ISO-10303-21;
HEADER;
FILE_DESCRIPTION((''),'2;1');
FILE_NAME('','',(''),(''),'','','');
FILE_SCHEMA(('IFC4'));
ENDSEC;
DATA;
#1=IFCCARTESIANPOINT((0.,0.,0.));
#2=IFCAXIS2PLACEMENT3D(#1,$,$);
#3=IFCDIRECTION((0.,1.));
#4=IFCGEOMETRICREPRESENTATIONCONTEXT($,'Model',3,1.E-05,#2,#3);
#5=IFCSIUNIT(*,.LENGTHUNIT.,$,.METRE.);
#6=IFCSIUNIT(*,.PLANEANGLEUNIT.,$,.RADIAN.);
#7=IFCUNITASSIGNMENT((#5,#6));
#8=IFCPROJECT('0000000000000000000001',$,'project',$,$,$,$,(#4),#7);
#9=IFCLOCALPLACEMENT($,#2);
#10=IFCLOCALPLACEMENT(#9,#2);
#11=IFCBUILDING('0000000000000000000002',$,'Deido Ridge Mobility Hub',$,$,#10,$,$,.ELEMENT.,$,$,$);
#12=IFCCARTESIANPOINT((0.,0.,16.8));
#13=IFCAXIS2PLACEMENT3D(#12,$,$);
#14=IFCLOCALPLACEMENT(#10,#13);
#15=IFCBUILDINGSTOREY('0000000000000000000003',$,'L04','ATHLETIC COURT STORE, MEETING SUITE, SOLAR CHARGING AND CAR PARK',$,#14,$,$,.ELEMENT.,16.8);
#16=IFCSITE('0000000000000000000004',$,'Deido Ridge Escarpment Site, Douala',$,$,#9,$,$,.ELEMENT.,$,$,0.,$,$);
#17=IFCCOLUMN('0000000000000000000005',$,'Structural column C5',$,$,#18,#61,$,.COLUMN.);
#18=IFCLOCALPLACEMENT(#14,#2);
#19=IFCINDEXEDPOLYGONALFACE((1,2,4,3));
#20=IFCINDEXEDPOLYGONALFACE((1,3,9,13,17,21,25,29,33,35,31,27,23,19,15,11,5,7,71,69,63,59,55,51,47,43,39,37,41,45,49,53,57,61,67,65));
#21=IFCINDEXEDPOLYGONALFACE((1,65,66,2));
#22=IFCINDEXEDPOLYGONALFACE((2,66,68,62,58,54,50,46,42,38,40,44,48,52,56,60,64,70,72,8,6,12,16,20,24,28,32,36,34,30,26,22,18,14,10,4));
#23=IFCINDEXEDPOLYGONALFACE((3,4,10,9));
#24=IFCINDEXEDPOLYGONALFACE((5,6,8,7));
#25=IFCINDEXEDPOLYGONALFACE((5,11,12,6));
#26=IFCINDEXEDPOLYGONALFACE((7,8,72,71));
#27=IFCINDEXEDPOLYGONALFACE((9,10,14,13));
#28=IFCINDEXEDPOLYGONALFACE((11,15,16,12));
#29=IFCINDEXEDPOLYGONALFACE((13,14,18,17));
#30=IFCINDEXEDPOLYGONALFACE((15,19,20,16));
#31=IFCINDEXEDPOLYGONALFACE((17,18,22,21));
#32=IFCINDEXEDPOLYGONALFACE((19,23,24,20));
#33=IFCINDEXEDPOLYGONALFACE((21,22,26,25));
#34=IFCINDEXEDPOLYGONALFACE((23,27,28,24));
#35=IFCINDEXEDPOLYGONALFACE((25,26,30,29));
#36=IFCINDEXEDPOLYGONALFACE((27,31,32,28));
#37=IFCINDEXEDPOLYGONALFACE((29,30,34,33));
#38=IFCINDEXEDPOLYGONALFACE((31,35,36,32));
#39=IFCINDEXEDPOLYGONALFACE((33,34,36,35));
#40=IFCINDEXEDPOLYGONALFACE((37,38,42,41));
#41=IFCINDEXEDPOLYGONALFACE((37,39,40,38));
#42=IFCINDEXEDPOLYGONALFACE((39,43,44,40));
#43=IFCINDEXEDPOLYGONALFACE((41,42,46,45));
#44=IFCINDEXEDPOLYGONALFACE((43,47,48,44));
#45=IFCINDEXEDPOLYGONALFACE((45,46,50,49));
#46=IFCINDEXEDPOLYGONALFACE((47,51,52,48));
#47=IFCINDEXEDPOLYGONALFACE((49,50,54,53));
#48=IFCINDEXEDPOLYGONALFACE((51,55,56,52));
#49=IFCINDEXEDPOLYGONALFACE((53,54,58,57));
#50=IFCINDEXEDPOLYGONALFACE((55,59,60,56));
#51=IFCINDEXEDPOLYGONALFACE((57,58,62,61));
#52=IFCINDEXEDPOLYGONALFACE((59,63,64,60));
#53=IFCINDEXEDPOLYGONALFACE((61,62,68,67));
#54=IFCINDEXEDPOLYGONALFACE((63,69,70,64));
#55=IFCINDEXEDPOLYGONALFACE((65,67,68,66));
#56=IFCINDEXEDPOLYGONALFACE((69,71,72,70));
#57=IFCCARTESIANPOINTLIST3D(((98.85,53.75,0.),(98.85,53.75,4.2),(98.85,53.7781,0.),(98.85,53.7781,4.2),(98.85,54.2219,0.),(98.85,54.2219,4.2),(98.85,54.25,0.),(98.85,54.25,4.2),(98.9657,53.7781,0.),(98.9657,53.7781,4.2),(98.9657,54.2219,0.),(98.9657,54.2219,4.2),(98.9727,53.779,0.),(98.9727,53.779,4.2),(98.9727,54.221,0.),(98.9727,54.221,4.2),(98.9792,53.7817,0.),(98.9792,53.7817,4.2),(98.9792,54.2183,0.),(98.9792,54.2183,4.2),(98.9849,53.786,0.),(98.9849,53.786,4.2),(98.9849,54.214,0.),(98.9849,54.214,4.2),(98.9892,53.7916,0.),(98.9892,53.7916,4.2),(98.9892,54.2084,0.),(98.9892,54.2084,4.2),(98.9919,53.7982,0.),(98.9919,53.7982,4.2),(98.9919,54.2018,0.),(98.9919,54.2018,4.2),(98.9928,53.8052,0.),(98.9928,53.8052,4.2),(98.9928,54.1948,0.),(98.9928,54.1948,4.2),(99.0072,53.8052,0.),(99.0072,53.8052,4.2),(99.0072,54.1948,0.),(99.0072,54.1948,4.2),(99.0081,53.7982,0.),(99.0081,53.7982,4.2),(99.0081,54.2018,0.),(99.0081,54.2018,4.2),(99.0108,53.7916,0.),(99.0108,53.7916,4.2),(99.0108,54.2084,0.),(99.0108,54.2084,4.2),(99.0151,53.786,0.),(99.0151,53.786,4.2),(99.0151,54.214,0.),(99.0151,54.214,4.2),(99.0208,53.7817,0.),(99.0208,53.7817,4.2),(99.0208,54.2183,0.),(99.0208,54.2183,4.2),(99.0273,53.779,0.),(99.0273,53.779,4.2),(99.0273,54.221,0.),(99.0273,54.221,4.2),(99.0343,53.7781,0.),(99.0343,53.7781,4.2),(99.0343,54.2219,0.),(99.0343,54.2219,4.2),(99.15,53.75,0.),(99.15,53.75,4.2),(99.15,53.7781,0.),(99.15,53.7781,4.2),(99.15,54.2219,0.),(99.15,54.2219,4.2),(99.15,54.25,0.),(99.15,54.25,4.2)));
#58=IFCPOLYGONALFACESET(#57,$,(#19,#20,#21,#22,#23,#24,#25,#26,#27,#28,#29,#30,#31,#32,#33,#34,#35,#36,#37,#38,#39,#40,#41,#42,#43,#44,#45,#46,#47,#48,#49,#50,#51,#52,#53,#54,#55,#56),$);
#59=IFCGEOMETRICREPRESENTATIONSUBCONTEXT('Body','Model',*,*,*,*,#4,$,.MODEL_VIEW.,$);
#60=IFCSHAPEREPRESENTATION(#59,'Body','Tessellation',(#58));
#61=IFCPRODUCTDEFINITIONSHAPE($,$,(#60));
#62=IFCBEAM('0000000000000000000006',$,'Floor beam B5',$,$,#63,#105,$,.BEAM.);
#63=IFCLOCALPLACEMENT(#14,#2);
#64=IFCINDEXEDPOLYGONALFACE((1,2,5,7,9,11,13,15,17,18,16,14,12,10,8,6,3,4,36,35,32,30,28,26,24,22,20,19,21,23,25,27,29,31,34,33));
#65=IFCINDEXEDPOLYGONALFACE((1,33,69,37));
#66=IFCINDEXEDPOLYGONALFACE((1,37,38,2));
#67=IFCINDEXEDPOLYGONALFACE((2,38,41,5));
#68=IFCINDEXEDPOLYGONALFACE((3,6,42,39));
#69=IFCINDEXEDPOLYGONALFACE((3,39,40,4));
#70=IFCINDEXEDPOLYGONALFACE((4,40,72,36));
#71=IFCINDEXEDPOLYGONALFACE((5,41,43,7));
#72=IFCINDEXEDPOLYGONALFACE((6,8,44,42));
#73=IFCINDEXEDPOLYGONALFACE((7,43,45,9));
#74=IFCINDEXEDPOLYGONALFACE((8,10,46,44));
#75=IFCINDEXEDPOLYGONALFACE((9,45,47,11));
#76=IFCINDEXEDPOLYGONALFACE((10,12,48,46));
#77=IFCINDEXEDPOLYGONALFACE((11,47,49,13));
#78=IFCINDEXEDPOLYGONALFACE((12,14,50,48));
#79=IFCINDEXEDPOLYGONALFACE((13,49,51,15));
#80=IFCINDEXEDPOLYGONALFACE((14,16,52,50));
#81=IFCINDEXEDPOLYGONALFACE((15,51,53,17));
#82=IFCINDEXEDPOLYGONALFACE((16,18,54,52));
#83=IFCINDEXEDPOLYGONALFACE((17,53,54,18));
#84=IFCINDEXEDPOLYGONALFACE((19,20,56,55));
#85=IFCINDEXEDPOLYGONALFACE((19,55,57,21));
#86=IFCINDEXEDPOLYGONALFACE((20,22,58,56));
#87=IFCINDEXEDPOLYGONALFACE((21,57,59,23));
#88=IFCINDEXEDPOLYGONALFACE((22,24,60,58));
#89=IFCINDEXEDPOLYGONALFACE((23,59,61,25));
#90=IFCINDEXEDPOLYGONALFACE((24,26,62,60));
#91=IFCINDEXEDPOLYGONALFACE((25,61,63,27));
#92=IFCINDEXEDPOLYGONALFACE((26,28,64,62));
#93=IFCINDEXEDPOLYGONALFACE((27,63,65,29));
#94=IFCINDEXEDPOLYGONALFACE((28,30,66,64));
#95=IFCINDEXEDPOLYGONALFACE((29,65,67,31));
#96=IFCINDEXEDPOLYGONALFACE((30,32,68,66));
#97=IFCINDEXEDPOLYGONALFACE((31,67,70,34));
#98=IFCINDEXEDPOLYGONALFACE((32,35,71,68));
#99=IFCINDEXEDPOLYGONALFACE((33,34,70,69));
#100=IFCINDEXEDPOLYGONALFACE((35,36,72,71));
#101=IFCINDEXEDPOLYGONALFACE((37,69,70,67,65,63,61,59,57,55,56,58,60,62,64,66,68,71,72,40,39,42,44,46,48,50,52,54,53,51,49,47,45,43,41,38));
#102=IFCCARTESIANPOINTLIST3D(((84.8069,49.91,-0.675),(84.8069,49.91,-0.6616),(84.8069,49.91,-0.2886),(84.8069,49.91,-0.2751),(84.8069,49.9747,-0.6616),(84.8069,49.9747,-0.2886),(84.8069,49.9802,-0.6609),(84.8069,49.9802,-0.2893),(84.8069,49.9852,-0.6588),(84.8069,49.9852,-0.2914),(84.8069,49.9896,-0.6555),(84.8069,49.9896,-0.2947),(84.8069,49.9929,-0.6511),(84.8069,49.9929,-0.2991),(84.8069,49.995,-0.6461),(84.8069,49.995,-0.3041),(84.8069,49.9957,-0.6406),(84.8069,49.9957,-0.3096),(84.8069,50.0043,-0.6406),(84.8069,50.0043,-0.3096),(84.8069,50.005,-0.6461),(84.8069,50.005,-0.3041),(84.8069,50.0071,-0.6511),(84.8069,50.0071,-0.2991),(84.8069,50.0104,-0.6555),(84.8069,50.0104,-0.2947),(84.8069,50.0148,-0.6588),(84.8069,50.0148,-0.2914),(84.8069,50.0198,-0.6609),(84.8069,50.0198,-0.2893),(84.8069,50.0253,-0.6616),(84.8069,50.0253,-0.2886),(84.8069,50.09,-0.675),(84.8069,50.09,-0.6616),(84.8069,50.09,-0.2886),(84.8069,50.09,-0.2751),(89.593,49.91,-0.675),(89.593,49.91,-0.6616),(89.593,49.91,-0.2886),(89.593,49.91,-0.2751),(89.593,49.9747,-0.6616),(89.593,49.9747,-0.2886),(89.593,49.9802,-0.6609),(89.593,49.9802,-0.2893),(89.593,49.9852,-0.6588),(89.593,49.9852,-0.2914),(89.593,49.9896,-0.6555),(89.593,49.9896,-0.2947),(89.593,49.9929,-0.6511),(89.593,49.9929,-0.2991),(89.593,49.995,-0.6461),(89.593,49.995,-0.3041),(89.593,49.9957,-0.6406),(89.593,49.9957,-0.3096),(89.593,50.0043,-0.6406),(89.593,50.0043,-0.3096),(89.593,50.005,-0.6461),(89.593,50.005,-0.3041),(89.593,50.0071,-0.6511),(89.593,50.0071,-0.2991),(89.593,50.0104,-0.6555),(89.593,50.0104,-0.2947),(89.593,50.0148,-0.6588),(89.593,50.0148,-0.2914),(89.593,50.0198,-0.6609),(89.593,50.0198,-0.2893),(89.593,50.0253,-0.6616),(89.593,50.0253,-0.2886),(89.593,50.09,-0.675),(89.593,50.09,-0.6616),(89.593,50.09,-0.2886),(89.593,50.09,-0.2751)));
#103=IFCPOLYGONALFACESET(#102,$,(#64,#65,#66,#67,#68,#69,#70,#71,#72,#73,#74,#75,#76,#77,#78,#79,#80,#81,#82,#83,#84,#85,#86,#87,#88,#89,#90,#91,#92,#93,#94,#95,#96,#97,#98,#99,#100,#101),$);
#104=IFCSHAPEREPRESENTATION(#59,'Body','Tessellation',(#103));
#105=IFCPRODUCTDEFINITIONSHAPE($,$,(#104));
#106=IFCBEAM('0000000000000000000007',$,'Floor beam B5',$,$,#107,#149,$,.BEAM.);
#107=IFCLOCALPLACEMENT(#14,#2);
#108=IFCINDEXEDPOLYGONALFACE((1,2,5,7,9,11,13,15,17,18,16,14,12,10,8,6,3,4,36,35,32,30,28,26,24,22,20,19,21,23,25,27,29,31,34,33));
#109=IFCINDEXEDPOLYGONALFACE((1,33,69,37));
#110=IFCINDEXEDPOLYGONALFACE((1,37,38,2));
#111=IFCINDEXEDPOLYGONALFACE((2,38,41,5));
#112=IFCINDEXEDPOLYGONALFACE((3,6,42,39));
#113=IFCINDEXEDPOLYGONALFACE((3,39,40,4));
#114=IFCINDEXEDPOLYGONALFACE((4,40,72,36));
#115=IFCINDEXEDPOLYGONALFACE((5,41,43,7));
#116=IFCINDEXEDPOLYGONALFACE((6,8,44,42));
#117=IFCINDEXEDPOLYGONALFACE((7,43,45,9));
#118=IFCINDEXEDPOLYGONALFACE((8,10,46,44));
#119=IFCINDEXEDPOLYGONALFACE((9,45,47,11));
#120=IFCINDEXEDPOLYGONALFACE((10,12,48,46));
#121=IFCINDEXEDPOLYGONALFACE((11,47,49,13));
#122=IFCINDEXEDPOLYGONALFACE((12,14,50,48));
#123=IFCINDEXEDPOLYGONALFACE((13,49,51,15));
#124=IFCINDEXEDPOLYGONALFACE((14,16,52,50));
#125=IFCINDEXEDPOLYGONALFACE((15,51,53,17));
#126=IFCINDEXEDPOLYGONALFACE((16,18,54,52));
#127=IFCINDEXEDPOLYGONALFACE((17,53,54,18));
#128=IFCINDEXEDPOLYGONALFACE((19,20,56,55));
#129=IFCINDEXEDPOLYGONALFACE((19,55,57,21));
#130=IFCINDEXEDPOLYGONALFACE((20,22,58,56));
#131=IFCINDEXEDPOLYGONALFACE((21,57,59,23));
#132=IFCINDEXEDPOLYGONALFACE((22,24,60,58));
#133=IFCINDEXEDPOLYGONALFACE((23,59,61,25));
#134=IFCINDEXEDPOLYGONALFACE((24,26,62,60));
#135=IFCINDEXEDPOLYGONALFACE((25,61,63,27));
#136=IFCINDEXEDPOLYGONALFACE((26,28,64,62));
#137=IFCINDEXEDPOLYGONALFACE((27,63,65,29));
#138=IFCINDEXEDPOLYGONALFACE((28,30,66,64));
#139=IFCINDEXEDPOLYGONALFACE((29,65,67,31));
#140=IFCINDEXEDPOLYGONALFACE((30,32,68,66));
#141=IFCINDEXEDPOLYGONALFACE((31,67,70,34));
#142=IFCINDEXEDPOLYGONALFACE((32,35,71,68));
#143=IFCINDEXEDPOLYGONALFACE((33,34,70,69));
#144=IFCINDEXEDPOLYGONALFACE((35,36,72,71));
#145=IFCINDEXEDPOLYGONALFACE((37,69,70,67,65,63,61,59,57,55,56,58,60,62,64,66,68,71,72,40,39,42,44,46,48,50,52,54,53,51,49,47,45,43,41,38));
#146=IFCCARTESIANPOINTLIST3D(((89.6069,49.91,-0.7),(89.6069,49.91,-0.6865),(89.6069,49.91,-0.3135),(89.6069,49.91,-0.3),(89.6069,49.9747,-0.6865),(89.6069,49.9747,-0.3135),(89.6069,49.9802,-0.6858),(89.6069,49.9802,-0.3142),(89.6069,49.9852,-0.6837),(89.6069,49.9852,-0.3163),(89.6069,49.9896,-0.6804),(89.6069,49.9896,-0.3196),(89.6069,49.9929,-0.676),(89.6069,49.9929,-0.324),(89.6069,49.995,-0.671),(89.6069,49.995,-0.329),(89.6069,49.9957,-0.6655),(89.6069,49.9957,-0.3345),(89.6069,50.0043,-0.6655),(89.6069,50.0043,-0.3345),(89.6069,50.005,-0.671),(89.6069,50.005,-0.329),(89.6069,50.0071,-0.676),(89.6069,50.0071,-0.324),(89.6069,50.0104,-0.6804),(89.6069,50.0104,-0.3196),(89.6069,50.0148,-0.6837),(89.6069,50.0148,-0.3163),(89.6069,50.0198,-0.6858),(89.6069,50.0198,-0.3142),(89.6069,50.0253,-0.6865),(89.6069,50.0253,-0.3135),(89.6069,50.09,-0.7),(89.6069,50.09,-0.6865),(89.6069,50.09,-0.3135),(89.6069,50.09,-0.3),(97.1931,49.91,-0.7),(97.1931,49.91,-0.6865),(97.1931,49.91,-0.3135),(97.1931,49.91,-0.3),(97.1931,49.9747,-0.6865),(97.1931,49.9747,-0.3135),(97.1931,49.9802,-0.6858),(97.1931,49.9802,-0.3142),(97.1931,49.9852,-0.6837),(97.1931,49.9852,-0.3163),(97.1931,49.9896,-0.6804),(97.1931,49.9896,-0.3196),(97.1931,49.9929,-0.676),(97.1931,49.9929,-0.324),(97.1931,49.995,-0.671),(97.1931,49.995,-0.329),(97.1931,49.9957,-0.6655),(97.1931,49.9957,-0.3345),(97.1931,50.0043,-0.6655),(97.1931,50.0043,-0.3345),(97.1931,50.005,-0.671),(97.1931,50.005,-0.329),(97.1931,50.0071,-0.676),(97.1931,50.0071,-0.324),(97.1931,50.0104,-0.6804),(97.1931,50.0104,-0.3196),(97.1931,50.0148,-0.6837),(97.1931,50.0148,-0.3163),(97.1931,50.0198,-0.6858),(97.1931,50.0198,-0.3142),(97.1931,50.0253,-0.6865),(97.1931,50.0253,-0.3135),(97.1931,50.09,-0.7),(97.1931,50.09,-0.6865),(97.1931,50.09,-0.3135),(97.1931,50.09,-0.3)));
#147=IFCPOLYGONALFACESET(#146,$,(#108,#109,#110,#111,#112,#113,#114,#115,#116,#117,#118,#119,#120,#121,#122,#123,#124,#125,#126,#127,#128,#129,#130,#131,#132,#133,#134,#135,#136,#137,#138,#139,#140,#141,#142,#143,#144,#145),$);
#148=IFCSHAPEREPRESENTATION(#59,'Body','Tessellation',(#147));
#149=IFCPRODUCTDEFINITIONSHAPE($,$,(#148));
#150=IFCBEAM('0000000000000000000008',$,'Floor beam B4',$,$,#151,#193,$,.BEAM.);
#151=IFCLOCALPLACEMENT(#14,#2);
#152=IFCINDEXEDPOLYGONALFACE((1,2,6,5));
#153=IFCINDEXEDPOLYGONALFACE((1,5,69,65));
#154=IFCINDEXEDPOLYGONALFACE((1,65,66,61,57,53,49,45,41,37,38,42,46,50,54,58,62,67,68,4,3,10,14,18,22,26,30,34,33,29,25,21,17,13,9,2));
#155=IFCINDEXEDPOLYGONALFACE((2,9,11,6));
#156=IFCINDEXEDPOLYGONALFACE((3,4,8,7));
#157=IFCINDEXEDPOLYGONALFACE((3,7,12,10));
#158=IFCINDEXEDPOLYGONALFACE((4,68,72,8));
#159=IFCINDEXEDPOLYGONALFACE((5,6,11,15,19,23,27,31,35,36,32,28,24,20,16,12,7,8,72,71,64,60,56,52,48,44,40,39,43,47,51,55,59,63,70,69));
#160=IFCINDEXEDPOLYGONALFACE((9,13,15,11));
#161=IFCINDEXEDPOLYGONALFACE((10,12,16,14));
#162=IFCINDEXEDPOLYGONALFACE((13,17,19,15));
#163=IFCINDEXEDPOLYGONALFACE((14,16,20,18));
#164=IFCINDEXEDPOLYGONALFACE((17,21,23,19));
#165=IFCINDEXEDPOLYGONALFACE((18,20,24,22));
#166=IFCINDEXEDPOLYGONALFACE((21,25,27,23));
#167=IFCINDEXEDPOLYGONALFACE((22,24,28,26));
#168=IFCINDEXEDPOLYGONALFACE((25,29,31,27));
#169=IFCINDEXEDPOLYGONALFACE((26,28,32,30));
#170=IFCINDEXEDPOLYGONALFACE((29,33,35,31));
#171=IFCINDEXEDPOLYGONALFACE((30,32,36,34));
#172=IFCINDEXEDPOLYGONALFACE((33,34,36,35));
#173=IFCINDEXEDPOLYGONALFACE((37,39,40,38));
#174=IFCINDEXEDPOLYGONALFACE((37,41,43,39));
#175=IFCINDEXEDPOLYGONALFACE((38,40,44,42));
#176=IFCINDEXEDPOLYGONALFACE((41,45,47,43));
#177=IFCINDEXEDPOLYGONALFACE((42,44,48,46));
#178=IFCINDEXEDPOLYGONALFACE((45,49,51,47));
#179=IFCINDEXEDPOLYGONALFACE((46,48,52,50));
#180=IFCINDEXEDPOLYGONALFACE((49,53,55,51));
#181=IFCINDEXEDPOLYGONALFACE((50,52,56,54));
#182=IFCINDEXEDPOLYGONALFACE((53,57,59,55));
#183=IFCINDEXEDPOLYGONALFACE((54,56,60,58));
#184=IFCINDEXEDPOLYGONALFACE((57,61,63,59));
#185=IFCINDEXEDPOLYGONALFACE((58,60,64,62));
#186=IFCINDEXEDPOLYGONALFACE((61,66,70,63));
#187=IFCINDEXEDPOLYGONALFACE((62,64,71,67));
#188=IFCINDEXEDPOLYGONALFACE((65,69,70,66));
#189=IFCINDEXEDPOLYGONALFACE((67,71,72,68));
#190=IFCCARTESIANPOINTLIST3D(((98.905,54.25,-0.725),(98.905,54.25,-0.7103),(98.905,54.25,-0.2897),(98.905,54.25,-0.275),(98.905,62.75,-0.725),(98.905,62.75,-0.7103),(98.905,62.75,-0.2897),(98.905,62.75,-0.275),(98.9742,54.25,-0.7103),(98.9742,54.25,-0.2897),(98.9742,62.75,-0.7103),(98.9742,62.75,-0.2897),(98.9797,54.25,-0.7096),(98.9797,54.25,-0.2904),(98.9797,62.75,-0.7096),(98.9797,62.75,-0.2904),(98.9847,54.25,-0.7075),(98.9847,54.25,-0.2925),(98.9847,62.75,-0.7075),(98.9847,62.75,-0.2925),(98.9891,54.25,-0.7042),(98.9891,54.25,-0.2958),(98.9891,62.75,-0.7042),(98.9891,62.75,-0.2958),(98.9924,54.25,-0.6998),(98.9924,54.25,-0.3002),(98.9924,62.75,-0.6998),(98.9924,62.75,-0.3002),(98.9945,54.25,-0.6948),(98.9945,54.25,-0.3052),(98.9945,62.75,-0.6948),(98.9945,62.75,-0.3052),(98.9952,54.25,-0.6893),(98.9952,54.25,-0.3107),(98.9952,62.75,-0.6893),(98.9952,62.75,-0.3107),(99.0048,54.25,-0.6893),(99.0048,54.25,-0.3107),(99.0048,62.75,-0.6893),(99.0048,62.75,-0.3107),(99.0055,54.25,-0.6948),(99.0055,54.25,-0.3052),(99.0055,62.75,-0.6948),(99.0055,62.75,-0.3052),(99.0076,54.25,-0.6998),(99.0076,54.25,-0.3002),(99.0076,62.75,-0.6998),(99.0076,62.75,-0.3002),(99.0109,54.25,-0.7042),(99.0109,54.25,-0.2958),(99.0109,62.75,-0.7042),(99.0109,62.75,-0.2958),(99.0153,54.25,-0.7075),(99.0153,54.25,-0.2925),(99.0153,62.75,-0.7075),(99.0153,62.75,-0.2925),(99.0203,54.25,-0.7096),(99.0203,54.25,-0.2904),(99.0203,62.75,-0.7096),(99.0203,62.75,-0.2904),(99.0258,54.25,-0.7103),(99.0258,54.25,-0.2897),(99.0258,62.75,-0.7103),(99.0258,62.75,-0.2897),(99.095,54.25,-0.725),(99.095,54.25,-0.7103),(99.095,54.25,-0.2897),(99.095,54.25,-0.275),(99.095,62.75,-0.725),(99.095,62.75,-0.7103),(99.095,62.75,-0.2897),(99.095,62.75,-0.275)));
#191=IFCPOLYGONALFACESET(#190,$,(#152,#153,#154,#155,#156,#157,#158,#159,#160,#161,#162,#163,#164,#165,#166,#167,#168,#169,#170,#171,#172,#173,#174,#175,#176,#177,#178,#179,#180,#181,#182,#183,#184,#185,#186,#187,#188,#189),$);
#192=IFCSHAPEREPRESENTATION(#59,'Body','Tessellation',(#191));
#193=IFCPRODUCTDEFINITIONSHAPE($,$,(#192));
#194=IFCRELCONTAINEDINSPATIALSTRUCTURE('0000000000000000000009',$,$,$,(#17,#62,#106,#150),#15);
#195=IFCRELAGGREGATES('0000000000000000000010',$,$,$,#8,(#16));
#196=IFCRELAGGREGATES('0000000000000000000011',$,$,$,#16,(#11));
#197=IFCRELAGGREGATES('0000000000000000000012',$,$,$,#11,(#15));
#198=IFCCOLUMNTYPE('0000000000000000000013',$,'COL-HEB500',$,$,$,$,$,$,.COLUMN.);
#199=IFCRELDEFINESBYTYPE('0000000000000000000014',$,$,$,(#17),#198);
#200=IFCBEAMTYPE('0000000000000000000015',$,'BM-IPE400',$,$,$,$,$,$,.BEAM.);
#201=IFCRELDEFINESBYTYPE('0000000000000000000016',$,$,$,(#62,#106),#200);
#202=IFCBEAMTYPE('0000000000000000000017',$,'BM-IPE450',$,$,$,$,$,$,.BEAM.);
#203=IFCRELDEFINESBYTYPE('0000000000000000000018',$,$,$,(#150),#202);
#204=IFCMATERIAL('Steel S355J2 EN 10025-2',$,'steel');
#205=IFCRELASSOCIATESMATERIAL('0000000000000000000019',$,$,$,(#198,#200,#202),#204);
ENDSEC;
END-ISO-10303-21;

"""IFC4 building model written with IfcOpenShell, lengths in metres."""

from ifc_helpers import new_model, si_unit, direction, frame, origin, origin_2d, place, context, subcontext, project, spatial, i_section, extrude, material, material_profile, profile_set, type_object, element, save


model = new_model("IFC4")

# Units and contexts
model_context = context("Model", 3, precision=1e-05, world=origin(), true_north=direction((0.0, 1.0)))
body_context = subcontext(model_context, "Body", "Model", "MODEL_VIEW")
ifc_project = project(units=[si_unit("LENGTHUNIT", "METRE"), si_unit("PLANEANGLEUNIT", "RADIAN")], contexts=[model_context])

# Site, building, storey
site_placement = place(None, origin())
site = spatial("IfcSite", under=ifc_project, at=site_placement, Name="Deido Ridge Escarpment Site, Douala", CompositionType="ELEMENT", RefElevation=0.0)
building_placement = place(site_placement, origin())
building = spatial("IfcBuilding", under=site, at=building_placement, Name="Deido Ridge Mobility Hub", CompositionType="ELEMENT")
storey_placement = place(building_placement, frame((0.0, 0.0, 16.8)))
storey = spatial("IfcBuildingStorey", under=building, at=storey_placement, Name="L04", Description="ATHLETIC COURT STORE, MEETING SUITE, SOLAR CHARGING AND CAR PARK", CompositionType="ELEMENT", Elevation=16.8)

# Column
ifc_material_1 = material(Name="Steel S355J2 EN 10025-2", Category="steel")
ifc_material_profile_1 = material_profile(ifc_material_1, i_section(OverallWidth=0.3, OverallDepth=0.5, WebThickness=0.0144, FlangeThickness=0.0281, FilletRadius=0.0271, at=origin_2d()), Name="HEB 500")
ifc_profile_set_1 = profile_set([ifc_material_profile_1], Name="Steel S355J2 EN 10025-2")
column_type = type_object("IfcColumnType", Name="COL-HEB500", PredefinedType="COLUMN", material=ifc_profile_set_1)
column_placement = place(storey_placement, frame((99.0, 54.0, 0.0), z_axis=(0.0, 0.0, 1.0), x_axis=(1.0, 0.0, 0.0)))
element("IfcColumn", 1, at=column_placement, inside=storey, type_object=column_type, Name="Structural column C5", PredefinedType="COLUMN", context=body_context, shape_type="SweptSolid", body=[
    extrude(i_section(OverallWidth=0.3, OverallDepth=0.5, WebThickness=0.0144, FlangeThickness=0.0281, FilletRadius=0.0271, at=origin_2d()), origin(), (0.0, 0.0, 1.0), 4.2),
])

# Beams
ifc_material_profile_2 = material_profile(ifc_material_1, i_section(OverallWidth=0.1799, OverallDepth=0.3999, WebThickness=0.0085, FlangeThickness=0.0134, FilletRadius=0.021, at=origin_2d()), Name="IPE 400")
ifc_profile_set_2 = profile_set([ifc_material_profile_2], Name="Steel S355J2 EN 10025-2")
beam_type_1 = type_object("IfcBeamType", Name="BM-IPE400", PredefinedType="BEAM", material=ifc_profile_set_2)
beam_1_placement = place(storey_placement, frame((84.8069, 50.0, -0.4751), z_axis=(1.0, 0.0, 0.0), x_axis=(0.0, 1.0, 0.0)))
element("IfcBeam", 2, at=beam_1_placement, inside=storey, type_object=beam_type_1, Name="Floor beam B5", PredefinedType="BEAM", context=body_context, shape_type="SweptSolid", body=[
    extrude(i_section(OverallWidth=0.1799, OverallDepth=0.3999, WebThickness=0.0085, FlangeThickness=0.0134, FilletRadius=0.021, at=origin_2d()), origin(), (0.0, 0.0, 1.0), 4.7861),
])
beam_2_placement = place(storey_placement, frame((89.6069, 50.0, -0.5), z_axis=(1.0, 0.0, 0.0), x_axis=(0.0, 1.0, 0.0)))
element("IfcBeam", 3, at=beam_2_placement, inside=storey, type_object=beam_type_1, Name="Floor beam B5", PredefinedType="BEAM", context=body_context, shape_type="SweptSolid", body=[
    extrude(i_section(OverallWidth=0.1799, OverallDepth=0.3999, WebThickness=0.0085, FlangeThickness=0.0134, FilletRadius=0.021, at=origin_2d()), origin(), (0.0, 0.0, 1.0), 7.5862),
])
ifc_material_profile_3 = material_profile(ifc_material_1, i_section(OverallWidth=0.1899, OverallDepth=0.45, WebThickness=0.0095, FlangeThickness=0.0146, FilletRadius=0.021, at=origin_2d()), Name="IPE 450")
ifc_profile_set_3 = profile_set([ifc_material_profile_3], Name="Steel S355J2 EN 10025-2")
beam_type_2 = type_object("IfcBeamType", Name="BM-IPE450", PredefinedType="BEAM", material=ifc_profile_set_3)
beam_3_placement = place(storey_placement, frame((99.0, 54.25, -0.5), z_axis=(0.0, 1.0, 0.0), x_axis=(-1.0, 0.0, 0.0)))
element("IfcBeam", 4, at=beam_3_placement, inside=storey, type_object=beam_type_2, Name="Floor beam B4", PredefinedType="BEAM", context=body_context, shape_type="SweptSolid", body=[
    extrude(i_section(OverallWidth=0.1899, OverallDepth=0.45, WebThickness=0.0095, FlangeThickness=0.0146, FilletRadius=0.021, at=origin_2d()), origin(), (0.0, 0.0, 1.0), 8.5),
])

save(model, "model.ifc")
